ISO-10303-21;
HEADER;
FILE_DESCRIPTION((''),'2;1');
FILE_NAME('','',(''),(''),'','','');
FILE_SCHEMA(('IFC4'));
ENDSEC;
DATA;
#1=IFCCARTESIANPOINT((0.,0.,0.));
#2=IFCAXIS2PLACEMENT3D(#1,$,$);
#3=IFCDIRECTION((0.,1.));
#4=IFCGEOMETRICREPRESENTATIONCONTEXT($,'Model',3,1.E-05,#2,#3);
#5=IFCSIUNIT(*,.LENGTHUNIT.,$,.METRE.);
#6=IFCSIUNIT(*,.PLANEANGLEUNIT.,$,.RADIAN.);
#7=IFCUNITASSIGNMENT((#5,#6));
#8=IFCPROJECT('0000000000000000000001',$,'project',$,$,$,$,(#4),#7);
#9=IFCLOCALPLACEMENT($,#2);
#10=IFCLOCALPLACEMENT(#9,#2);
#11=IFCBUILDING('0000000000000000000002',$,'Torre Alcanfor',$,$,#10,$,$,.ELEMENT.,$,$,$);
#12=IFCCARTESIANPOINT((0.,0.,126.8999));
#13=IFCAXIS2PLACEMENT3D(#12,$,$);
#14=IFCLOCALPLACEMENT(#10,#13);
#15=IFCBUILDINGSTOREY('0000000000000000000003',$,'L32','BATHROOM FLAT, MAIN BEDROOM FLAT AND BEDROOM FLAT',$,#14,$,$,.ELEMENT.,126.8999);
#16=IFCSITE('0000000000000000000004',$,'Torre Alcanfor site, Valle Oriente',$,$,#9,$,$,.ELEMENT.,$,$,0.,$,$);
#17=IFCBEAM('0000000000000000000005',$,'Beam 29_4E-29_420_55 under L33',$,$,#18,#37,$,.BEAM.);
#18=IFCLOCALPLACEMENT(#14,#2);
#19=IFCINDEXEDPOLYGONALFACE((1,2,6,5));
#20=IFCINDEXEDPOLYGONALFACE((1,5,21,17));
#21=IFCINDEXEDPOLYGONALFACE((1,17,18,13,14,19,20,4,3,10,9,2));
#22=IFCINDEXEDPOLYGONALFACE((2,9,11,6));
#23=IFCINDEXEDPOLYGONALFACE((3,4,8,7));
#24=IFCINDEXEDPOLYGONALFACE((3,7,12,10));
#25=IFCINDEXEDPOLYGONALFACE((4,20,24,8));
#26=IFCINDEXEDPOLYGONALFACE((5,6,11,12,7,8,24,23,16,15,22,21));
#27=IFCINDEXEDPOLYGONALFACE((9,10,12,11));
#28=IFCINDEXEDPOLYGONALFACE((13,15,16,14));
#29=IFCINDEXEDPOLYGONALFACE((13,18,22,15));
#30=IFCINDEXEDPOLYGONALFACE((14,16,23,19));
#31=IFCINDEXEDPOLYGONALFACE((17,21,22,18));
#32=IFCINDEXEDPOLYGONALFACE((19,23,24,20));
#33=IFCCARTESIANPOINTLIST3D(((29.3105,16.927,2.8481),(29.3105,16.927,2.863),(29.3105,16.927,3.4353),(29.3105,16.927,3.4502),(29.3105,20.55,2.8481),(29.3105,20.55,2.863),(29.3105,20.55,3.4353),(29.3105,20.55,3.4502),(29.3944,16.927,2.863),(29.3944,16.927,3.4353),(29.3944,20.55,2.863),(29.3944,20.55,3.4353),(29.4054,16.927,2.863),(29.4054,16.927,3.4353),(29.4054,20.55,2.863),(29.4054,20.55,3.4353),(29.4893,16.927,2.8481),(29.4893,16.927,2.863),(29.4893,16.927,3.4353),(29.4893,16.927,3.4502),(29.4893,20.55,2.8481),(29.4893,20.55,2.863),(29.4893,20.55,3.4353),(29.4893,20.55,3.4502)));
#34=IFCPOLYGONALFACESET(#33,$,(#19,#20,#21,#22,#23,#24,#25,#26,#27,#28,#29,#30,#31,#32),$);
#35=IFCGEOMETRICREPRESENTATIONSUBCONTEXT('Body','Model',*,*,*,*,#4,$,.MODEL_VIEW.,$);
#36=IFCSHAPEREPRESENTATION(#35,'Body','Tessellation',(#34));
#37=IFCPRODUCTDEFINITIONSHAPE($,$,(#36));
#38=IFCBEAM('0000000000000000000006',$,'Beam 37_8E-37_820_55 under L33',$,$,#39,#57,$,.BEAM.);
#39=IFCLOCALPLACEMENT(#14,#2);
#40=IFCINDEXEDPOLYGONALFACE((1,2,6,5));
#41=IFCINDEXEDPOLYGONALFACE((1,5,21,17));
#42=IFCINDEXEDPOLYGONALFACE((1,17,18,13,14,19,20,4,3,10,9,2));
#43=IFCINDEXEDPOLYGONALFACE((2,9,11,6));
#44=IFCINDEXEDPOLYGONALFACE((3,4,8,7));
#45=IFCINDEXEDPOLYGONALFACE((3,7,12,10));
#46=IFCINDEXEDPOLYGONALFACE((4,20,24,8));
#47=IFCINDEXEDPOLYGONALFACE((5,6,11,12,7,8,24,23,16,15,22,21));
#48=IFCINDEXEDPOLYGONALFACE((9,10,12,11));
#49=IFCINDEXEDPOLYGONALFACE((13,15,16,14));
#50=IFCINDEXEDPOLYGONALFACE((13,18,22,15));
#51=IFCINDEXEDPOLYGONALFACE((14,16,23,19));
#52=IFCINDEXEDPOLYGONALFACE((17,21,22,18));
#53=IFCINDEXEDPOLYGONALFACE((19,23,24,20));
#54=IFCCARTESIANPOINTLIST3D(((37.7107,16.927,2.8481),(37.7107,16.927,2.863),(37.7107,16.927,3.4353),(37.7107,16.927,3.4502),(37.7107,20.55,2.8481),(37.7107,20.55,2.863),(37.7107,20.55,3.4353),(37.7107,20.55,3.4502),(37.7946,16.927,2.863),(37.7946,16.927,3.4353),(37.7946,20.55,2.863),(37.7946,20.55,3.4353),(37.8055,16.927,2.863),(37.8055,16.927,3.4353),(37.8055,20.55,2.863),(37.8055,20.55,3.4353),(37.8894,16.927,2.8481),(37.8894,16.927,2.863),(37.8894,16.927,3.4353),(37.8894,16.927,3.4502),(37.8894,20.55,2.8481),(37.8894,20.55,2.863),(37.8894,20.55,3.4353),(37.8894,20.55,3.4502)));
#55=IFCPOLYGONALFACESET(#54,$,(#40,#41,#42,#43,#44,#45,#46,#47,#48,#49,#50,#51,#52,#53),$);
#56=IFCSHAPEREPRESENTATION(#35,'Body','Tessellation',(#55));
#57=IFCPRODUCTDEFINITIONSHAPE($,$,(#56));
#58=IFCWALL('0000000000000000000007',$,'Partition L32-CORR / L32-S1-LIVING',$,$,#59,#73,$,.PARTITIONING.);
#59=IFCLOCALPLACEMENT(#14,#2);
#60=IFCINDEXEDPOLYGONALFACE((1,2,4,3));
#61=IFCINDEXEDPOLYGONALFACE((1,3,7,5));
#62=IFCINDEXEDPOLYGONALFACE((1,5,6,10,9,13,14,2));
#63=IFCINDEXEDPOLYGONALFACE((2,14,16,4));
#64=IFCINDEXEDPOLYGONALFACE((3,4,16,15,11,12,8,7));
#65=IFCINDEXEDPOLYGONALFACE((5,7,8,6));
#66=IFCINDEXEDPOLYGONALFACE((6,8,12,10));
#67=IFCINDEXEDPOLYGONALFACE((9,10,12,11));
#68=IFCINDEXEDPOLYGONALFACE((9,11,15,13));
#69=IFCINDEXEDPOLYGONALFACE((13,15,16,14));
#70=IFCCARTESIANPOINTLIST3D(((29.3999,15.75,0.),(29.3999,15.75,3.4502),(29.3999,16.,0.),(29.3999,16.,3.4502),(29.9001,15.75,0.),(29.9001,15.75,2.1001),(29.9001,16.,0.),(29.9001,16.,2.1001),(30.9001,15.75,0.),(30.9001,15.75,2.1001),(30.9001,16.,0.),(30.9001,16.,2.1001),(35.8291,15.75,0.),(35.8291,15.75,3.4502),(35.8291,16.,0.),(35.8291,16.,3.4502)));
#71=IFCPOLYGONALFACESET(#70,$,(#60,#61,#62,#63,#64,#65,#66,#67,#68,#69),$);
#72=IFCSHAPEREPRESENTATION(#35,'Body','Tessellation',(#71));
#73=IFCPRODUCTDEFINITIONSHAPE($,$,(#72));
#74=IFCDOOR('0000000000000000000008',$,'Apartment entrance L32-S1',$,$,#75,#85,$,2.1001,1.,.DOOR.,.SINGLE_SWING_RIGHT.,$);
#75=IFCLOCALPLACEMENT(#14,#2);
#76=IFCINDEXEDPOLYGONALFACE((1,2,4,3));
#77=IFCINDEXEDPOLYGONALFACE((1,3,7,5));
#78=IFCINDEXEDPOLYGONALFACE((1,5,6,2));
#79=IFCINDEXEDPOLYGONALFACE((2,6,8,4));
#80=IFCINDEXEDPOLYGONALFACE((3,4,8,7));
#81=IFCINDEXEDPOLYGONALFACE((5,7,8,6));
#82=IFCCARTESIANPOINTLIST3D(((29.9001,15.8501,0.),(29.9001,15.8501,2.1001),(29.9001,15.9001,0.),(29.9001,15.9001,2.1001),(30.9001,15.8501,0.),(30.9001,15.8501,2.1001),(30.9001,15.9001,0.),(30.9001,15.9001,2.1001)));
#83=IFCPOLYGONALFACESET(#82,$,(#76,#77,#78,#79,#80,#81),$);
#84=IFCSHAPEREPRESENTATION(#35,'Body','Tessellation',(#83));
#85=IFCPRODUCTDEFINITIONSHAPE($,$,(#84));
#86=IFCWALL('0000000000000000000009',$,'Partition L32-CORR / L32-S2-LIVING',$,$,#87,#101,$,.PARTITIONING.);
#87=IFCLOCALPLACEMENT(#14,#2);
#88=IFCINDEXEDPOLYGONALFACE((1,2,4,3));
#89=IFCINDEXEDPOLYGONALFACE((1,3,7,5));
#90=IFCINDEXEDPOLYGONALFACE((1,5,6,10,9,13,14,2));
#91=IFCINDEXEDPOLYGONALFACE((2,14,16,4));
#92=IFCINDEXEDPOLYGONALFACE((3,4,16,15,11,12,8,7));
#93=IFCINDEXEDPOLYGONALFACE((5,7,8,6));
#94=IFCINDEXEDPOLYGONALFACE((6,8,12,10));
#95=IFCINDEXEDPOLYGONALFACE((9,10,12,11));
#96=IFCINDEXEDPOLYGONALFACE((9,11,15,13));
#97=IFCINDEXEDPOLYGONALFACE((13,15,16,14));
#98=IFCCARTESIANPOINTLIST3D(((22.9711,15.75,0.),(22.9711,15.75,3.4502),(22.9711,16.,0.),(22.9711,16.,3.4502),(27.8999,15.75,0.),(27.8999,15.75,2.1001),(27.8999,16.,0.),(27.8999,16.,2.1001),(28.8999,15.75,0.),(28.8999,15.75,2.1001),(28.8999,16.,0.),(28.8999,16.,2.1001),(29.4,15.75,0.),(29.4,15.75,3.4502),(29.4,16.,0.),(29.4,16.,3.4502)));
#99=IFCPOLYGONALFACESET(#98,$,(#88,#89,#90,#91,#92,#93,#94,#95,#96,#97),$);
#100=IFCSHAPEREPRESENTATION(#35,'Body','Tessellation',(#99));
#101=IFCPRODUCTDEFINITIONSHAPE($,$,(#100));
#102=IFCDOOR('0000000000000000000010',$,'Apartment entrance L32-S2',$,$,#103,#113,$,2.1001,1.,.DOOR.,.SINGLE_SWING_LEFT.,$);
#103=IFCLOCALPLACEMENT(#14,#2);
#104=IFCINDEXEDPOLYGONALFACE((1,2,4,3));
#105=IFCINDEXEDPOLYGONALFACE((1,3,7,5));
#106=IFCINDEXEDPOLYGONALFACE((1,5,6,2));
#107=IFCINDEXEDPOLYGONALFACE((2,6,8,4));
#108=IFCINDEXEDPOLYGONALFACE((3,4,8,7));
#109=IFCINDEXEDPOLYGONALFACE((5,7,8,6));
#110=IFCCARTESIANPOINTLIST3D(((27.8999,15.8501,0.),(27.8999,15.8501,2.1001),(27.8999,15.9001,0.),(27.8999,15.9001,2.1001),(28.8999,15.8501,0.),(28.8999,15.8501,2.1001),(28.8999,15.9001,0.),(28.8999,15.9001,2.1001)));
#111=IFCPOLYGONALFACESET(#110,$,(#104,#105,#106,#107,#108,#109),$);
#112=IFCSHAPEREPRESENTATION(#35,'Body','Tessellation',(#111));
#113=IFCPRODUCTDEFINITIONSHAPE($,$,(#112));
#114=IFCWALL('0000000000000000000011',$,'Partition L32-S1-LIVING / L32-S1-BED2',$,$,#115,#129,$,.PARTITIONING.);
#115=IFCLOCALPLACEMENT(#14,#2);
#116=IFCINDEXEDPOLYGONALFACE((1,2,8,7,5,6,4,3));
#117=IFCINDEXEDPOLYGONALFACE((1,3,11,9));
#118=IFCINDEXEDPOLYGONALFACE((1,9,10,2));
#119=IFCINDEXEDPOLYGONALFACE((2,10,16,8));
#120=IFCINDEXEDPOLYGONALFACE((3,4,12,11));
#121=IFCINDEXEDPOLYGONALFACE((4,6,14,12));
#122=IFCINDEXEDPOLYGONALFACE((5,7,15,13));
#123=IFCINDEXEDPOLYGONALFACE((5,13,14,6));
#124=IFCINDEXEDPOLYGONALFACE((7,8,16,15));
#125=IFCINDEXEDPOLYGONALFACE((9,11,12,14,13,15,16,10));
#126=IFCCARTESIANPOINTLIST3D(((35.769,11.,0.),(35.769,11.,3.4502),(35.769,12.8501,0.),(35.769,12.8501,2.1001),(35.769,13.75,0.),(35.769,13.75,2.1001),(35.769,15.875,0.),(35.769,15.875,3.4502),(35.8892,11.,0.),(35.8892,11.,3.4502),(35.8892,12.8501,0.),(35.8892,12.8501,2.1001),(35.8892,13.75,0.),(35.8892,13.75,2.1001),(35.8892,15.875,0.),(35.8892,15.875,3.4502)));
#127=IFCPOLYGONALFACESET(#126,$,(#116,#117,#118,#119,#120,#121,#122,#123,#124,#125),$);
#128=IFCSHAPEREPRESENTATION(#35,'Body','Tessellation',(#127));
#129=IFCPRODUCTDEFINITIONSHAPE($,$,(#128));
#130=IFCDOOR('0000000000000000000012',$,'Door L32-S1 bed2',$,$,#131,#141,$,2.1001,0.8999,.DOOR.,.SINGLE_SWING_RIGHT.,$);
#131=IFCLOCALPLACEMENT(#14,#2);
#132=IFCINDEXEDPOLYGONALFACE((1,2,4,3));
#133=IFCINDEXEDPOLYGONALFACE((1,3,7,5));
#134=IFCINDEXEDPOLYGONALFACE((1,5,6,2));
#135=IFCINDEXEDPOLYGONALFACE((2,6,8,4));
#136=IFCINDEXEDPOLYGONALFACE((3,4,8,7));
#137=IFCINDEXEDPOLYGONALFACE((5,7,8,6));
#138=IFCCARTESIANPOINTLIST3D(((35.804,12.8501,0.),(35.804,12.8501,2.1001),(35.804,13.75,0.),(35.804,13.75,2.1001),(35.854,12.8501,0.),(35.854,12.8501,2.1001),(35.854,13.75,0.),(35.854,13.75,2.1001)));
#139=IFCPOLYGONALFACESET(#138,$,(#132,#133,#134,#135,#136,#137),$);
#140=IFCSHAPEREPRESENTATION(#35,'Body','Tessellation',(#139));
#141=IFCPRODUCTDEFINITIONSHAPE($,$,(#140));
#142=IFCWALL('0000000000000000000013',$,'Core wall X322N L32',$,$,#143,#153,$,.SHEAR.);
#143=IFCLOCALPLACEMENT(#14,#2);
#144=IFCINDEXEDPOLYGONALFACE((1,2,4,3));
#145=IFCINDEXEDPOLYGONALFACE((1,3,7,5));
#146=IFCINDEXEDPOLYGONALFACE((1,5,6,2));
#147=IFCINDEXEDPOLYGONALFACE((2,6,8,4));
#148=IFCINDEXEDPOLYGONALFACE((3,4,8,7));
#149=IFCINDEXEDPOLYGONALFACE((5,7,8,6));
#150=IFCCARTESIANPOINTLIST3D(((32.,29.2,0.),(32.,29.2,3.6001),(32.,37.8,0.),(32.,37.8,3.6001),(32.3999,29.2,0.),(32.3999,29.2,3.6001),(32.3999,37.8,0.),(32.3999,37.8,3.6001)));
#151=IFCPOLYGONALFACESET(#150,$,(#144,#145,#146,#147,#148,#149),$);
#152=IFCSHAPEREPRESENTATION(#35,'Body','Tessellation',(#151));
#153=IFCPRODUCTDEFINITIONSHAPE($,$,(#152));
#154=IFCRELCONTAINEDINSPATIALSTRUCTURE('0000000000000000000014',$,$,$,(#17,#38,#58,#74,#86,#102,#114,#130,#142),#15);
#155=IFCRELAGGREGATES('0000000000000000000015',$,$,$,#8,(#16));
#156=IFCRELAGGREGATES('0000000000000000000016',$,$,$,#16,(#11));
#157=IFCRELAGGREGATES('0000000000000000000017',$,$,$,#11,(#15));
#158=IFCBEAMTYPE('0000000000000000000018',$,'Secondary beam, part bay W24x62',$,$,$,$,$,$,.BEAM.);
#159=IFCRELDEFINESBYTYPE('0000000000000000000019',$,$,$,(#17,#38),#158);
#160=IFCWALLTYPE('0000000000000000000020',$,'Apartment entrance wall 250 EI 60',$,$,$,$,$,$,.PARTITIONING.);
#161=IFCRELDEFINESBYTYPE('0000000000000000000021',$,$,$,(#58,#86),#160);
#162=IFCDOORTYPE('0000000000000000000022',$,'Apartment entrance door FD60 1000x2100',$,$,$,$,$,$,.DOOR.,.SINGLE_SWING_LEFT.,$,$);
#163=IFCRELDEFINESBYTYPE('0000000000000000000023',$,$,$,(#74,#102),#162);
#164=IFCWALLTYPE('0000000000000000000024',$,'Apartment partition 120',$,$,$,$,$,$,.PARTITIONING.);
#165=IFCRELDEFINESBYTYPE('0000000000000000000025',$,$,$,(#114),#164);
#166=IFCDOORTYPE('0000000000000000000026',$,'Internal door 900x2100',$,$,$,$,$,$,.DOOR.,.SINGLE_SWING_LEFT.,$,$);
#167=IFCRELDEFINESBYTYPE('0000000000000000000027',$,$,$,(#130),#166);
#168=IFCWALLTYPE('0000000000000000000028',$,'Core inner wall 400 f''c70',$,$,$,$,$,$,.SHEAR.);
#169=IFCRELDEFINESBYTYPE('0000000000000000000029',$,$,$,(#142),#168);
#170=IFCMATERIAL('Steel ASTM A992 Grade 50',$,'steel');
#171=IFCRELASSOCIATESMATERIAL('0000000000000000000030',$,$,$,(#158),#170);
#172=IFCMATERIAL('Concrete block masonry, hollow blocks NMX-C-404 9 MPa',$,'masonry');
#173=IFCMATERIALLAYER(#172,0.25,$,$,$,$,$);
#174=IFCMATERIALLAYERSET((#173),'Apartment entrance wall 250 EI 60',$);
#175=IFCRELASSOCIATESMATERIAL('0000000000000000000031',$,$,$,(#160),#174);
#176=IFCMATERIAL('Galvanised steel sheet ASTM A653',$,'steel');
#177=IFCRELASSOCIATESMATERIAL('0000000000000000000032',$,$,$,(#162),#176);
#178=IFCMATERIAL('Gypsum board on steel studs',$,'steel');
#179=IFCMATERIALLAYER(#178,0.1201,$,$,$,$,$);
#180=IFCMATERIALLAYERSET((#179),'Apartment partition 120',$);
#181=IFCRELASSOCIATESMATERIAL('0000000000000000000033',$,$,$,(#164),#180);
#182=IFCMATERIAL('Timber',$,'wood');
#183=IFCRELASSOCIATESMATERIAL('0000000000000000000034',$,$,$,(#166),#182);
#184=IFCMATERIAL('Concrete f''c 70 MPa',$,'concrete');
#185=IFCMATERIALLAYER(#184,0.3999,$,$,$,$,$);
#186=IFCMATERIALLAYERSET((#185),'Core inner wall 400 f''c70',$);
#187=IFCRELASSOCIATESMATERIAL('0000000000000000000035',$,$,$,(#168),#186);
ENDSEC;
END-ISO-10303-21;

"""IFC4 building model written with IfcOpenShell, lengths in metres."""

from ifc_helpers import new_model, si_unit, direction, frame, frame_2d, origin, origin_2d, place, context, subcontext, project, spatial, rectangle, i_section, extrude, material, layer, layer_set, material_profile, profile_set, type_object, element, fill, save


model = new_model("IFC4")

# Units and contexts
model_context = context("Model", 3, precision=1e-05, world=origin(), true_north=direction((0.0, 1.0)))
body_context = subcontext(model_context, "Body", "Model", "MODEL_VIEW")
ifc_project = project(units=[si_unit("LENGTHUNIT", "METRE"), si_unit("PLANEANGLEUNIT", "RADIAN")], contexts=[model_context])

# Site, building, storey
site_placement = place(None, origin())
site = spatial("IfcSite", under=ifc_project, at=site_placement, Name="Torre Alcanfor site, Valle Oriente", CompositionType="ELEMENT", RefElevation=0.0)
building_placement = place(site_placement, origin())
building = spatial("IfcBuilding", under=site, at=building_placement, Name="Torre Alcanfor", CompositionType="ELEMENT")
storey_placement = place(building_placement, frame((0.0, 0.0, 126.8999)))
storey = spatial("IfcBuildingStorey", under=building, at=storey_placement, Name="L32", Description="BATHROOM FLAT, MAIN BEDROOM FLAT AND BEDROOM FLAT", CompositionType="ELEMENT", Elevation=126.8999)

# Beams
ifc_material_1 = material(Name="Steel ASTM A992 Grade 50", Category="steel")
ifc_material_profile_1 = material_profile(ifc_material_1, i_section(OverallWidth=0.1787, OverallDepth=0.6021, WebThickness=0.011, FlangeThickness=0.0149, at=origin_2d()), Name="W24x62")
ifc_profile_set_1 = profile_set([ifc_material_profile_1], Name="Steel ASTM A992 Grade 50")
beam_type_1 = type_object("IfcBeamType", Name="Secondary beam, part bay W24x62", PredefinedType="BEAM", material=ifc_profile_set_1)
for number, where, z_axis, x_axis, name in (
    (1, (29.3999, 16.927, 3.1492), (0.0, 1.0, 0.0), (-1.0, 0.0, 0.0), "Beam 29_4E-29_420_55 under L33"),
    (2, (37.8, 16.927, 3.1492), (0.0, 1.0, 0.0), (-1.0, 0.0, 0.0), "Beam 37_8E-37_820_55 under L33"),
):
    element("IfcBeam", number, at=place(storey_placement, frame(where, z_axis=z_axis, x_axis=x_axis)), inside=storey, type_object=beam_type_1, Name=name, PredefinedType="BEAM", context=body_context, shape_type="SweptSolid", body=[
        extrude(i_section(OverallWidth=0.1787, OverallDepth=0.6021, WebThickness=0.011, FlangeThickness=0.0149, at=origin_2d()), origin(), (0.0, 0.0, 1.0), 3.623),
    ])

# Walls, openings, doors
ifc_material_2 = material(Name="Concrete block masonry, hollow blocks NMX-C-404 9 MPa", Category="masonry")
ifc_layer_1 = layer(ifc_material_2, 0.25)
ifc_layer_set_1 = layer_set([ifc_layer_1], Name="Apartment entrance wall 250 EI 60")
wall_type_1 = type_object("IfcWallType", Name="Apartment entrance wall 250 EI 60", PredefinedType="PARTITIONING", material=ifc_layer_set_1)
wall_1_placement = place(storey_placement, frame((35.8291, 15.875, 0.0), z_axis=(0.0, 0.0, 1.0), x_axis=(-1.0, 0.0, 0.0)))
wall_1 = element("IfcWall", 3, at=wall_1_placement, inside=storey, type_object=wall_type_1, Name="Partition L32-CORR / L32-S1-LIVING", PredefinedType="PARTITIONING", context=body_context, shape_type="SweptSolid", body=[
    extrude(rectangle(XDim=6.4292, YDim=0.25, at=frame_2d((3.2146, 0.0))), origin(), (0.0, 0.0, 1.0), 3.4502),
])
opening_1_placement = place(wall_1_placement, frame((4.929, 0.0, 0.0)))
opening_1 = element("IfcOpeningElement", 4, at=opening_1_placement, cuts=wall_1, PredefinedType="OPENING", context=body_context, shape_type="SweptSolid", body=[
    extrude(rectangle(XDim=1.0, YDim=2.1001, at=frame_2d((0.5, 1.05))), frame((0.0, 0.135, 0.0), z_axis=(0.0, -1.0, 0.0), x_axis=(1.0, 0.0, 0.0)), (0.0, 0.0, 1.0), 0.27),
])
ifc_material_3 = material(Name="Galvanised steel sheet ASTM A653", Category="steel")
door_type_1 = type_object("IfcDoorType", Name="Apartment entrance door FD60 1000x2100", OperationType="SINGLE_SWING_LEFT", PredefinedType="DOOR", material=ifc_material_3)
door_1_placement = place(opening_1_placement, origin())
door_1 = element("IfcDoor", 5, at=door_1_placement, inside=storey, type_object=door_type_1, Name="Apartment entrance L32-S1", OperationType="SINGLE_SWING_RIGHT", OverallHeight=2.1001, OverallWidth=1.0, PredefinedType="DOOR", context=body_context, shape_type="SweptSolid", body=[
    extrude(rectangle(XDim=1.0, YDim=2.1001, at=frame_2d((0.5, 1.05))), frame((0.0, 0.0249, 0.0), z_axis=(0.0, -1.0, 0.0), x_axis=(1.0, 0.0, 0.0)), (0.0, 0.0, 1.0), 0.05),
])
fill(opening_1, door_1)
wall_2_placement = place(storey_placement, frame((29.3999, 15.875, 0.0), z_axis=(0.0, 0.0, 1.0), x_axis=(-1.0, 0.0, 0.0)))
wall_2 = element("IfcWall", 6, at=wall_2_placement, inside=storey, type_object=wall_type_1, Name="Partition L32-CORR / L32-S2-LIVING", PredefinedType="PARTITIONING", context=body_context, shape_type="SweptSolid", body=[
    extrude(rectangle(XDim=6.429, YDim=0.25, at=frame_2d((3.2144, 0.0))), origin(), (0.0, 0.0, 1.0), 3.4502),
])
opening_2_placement = place(wall_2_placement, frame((0.5, 0.0, 0.0)))
opening_2 = element("IfcOpeningElement", 7, at=opening_2_placement, cuts=wall_2, PredefinedType="OPENING", context=body_context, shape_type="SweptSolid", body=[
    extrude(rectangle(XDim=1.0, YDim=2.1001, at=frame_2d((0.5, 1.05))), frame((0.0, 0.135, 0.0), z_axis=(0.0, -1.0, 0.0), x_axis=(1.0, 0.0, 0.0)), (0.0, 0.0, 1.0), 0.27),
])
door_2_placement = place(opening_2_placement, origin())
door_2 = element("IfcDoor", 8, at=door_2_placement, inside=storey, type_object=door_type_1, Name="Apartment entrance L32-S2", OperationType="SINGLE_SWING_LEFT", OverallHeight=2.1001, OverallWidth=1.0, PredefinedType="DOOR", context=body_context, shape_type="SweptSolid", body=[
    extrude(rectangle(XDim=1.0, YDim=2.1001, at=frame_2d((0.5, 1.05))), frame((0.0, 0.0249, 0.0), z_axis=(0.0, -1.0, 0.0), x_axis=(1.0, 0.0, 0.0)), (0.0, 0.0, 1.0), 0.05),
])
fill(opening_2, door_2)
ifc_material_4 = material(Name="Gypsum board on steel studs", Category="steel")
ifc_layer_2 = layer(ifc_material_4, 0.1201)
ifc_layer_set_2 = layer_set([ifc_layer_2], Name="Apartment partition 120")
wall_type_2 = type_object("IfcWallType", Name="Apartment partition 120", PredefinedType="PARTITIONING", material=ifc_layer_set_2)
wall_3_placement = place(storey_placement, frame((35.8291, 15.875, 0.0), z_axis=(0.0, 0.0, 1.0), x_axis=(0.0, -1.0, 0.0)))
wall_3 = element("IfcWall", 9, at=wall_3_placement, inside=storey, type_object=wall_type_2, Name="Partition L32-S1-LIVING / L32-S1-BED2", PredefinedType="PARTITIONING", context=body_context, shape_type="SweptSolid", body=[
    extrude(rectangle(XDim=4.875, YDim=0.1201, at=frame_2d((2.4375, 0.0))), origin(), (0.0, 0.0, 1.0), 3.4502),
])
opening_3_placement = place(wall_3_placement, frame((2.125, 0.0, 0.0)))
opening_3 = element("IfcOpeningElement", 10, at=opening_3_placement, cuts=wall_3, PredefinedType="OPENING", context=body_context, shape_type="SweptSolid", body=[
    extrude(rectangle(XDim=0.8999, YDim=2.1001, at=frame_2d((0.45, 1.05))), frame((0.0, 0.0701, 0.0), z_axis=(0.0, -1.0, 0.0), x_axis=(1.0, 0.0, 0.0)), (0.0, 0.0, 1.0), 0.1401),
])
ifc_material_5 = material(Name="Timber", Category="wood")
door_type_2 = type_object("IfcDoorType", Name="Internal door 900x2100", OperationType="SINGLE_SWING_LEFT", PredefinedType="DOOR", material=ifc_material_5)
door_3_placement = place(opening_3_placement, origin())
door_3 = element("IfcDoor", 11, at=door_3_placement, inside=storey, type_object=door_type_2, Name="Door L32-S1 bed2", OperationType="SINGLE_SWING_RIGHT", OverallHeight=2.1001, OverallWidth=0.8999, PredefinedType="DOOR", context=body_context, shape_type="SweptSolid", body=[
    extrude(rectangle(XDim=0.8999, YDim=2.1001, at=frame_2d((0.45, 1.05))), frame((0.0, 0.0249, 0.0), z_axis=(0.0, -1.0, 0.0), x_axis=(1.0, 0.0, 0.0)), (0.0, 0.0, 1.0), 0.05),
])
fill(opening_3, door_3)

# Wall
ifc_material_6 = material(Name="Concrete f'c 70 MPa", Category="concrete")
ifc_layer_3 = layer(ifc_material_6, 0.3999)
ifc_layer_set_3 = layer_set([ifc_layer_3], Name="Core inner wall 400 f'c70")
wall_type_3 = type_object("IfcWallType", Name="Core inner wall 400 f'c70", PredefinedType="SHEAR", material=ifc_layer_set_3)
wall_4_placement = place(storey_placement, frame((32.2, 29.2, 0.0), z_axis=(0.0, 0.0, 1.0), x_axis=(0.0, 1.0, 0.0)))
element("IfcWall", 12, at=wall_4_placement, inside=storey, type_object=wall_type_3, Name="Core wall X322N L32", PredefinedType="SHEAR", context=body_context, shape_type="SweptSolid", body=[
    extrude(rectangle(XDim=8.6001, YDim=0.3999, at=frame_2d((4.3, 0.0))), origin(), (0.0, 0.0, 1.0), 3.6001),
])

save(model, "model.ifc")
